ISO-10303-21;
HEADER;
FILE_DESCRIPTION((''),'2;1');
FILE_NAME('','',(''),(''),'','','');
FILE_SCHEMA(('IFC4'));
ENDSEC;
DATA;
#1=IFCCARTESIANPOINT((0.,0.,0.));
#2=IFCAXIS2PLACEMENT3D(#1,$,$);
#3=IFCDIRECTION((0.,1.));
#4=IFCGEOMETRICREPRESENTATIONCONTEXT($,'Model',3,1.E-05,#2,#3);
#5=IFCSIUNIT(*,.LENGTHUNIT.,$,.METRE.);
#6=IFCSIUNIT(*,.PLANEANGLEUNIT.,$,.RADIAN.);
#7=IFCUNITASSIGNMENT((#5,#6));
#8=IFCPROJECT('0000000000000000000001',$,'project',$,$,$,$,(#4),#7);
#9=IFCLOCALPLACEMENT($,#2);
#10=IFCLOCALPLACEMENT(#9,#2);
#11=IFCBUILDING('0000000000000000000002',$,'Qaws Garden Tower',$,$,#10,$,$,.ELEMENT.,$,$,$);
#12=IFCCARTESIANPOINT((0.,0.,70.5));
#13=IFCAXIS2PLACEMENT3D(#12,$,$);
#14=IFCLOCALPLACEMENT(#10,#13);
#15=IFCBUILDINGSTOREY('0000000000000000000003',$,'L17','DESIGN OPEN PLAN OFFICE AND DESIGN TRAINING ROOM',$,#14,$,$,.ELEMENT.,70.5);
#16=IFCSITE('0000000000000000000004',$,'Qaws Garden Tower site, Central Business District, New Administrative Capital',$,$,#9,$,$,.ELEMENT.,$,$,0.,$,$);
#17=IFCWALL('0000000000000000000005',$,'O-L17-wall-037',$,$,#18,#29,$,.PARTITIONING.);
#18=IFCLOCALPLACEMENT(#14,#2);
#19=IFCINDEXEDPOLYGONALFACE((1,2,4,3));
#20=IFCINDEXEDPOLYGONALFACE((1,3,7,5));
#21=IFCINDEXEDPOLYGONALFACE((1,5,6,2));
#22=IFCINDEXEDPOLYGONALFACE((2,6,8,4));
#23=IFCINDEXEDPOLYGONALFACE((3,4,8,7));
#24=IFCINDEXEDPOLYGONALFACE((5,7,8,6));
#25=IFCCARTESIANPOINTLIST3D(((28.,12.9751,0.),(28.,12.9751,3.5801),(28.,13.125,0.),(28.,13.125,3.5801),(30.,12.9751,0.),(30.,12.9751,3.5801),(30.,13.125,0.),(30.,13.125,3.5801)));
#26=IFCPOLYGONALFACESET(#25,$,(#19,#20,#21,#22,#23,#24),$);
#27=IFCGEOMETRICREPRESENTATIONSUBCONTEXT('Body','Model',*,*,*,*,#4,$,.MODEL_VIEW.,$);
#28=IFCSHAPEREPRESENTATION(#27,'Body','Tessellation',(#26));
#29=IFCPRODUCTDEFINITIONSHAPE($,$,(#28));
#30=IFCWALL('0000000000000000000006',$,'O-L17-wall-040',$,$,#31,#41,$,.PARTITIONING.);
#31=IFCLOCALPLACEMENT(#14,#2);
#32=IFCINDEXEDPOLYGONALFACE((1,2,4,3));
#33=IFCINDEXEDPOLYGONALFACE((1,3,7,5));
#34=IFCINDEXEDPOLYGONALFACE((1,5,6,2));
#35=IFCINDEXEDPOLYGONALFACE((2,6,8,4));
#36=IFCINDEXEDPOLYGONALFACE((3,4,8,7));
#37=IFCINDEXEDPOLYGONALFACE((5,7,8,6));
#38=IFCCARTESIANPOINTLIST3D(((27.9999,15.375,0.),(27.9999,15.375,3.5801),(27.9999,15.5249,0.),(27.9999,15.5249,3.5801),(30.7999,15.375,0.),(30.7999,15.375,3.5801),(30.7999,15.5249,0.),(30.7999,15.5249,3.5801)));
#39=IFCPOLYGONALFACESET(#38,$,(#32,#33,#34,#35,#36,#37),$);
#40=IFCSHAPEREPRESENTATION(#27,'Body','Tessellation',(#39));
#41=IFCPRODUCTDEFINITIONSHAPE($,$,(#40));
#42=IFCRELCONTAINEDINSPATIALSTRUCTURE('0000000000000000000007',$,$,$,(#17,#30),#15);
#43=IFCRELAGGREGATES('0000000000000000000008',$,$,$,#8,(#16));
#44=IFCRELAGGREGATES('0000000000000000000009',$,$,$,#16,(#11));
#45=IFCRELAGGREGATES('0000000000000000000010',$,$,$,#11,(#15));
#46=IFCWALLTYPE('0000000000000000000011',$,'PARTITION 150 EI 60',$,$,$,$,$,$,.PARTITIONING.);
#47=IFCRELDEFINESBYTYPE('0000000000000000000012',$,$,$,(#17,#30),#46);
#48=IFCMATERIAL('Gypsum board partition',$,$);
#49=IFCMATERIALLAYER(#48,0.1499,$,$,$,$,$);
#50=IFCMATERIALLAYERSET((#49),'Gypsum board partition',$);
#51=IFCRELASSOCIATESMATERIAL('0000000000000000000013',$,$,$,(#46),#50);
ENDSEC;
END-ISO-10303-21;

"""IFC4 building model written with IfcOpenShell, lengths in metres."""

from ifc_helpers import new_model, si_unit, direction, frame, frame_2d, origin, place, context, subcontext, project, spatial, rectangle, extrude, material, layer, layer_set, type_object, element, save


model = new_model("IFC4")

# Units and contexts
model_context = context("Model", 3, precision=1e-05, world=origin(), true_north=direction((0.0, 1.0)))
body_context = subcontext(model_context, "Body", "Model", "MODEL_VIEW")
ifc_project = project(units=[si_unit("LENGTHUNIT", "METRE"), si_unit("PLANEANGLEUNIT", "RADIAN")], contexts=[model_context])

# Site, building, storey
site_placement = place(None, origin())
site = spatial("IfcSite", under=ifc_project, at=site_placement, Name="Qaws Garden Tower site, Central Business District, New Administrative Capital", CompositionType="ELEMENT", RefElevation=0.0)
building_placement = place(site_placement, origin())
building = spatial("IfcBuilding", under=site, at=building_placement, Name="Qaws Garden Tower", CompositionType="ELEMENT")
storey_placement = place(building_placement, frame((0.0, 0.0, 70.5)))
storey = spatial("IfcBuildingStorey", under=building, at=storey_placement, Name="L17", Description="DESIGN OPEN PLAN OFFICE AND DESIGN TRAINING ROOM", CompositionType="ELEMENT", Elevation=70.5)

# Shared definitions
ifc_material_1 = material(Name="Gypsum board partition")
ifc_layer_1 = layer(ifc_material_1, 0.1499)
ifc_layer_set_1 = layer_set([ifc_layer_1], Name="Gypsum board partition")
wall_type_1 = type_object("IfcWallType", Name="PARTITION 150 EI 60", PredefinedType="PARTITIONING", material=ifc_layer_set_1)

# Walls
wall_1_placement = place(storey_placement, frame((28.0, 13.05, 0.0), z_axis=(0.0, 0.0, 1.0), x_axis=(1.0, 0.0, 0.0)))
element("IfcWall", 1, at=wall_1_placement, inside=storey, type_object=wall_type_1, Name="O-L17-wall-037", PredefinedType="PARTITIONING", context=body_context, shape_type="SweptSolid", body=[
    extrude(rectangle(XDim=2.0, YDim=0.1499, at=frame_2d((1.0, 0.0))), origin(), (0.0, 0.0, 1.0), 3.5801),
])
wall_2_placement = place(storey_placement, frame((28.0, 15.45, 0.0), z_axis=(0.0, 0.0, 1.0), x_axis=(1.0, 0.0, 0.0)))
element("IfcWall", 2, at=wall_2_placement, inside=storey, type_object=wall_type_1, Name="O-L17-wall-040", PredefinedType="PARTITIONING", context=body_context, shape_type="SweptSolid", body=[
    extrude(rectangle(XDim=2.8, YDim=0.1499, at=frame_2d((1.3999, 0.0))), origin(), (0.0, 0.0, 1.0), 3.5801),
])

save(model, "model.ifc")
